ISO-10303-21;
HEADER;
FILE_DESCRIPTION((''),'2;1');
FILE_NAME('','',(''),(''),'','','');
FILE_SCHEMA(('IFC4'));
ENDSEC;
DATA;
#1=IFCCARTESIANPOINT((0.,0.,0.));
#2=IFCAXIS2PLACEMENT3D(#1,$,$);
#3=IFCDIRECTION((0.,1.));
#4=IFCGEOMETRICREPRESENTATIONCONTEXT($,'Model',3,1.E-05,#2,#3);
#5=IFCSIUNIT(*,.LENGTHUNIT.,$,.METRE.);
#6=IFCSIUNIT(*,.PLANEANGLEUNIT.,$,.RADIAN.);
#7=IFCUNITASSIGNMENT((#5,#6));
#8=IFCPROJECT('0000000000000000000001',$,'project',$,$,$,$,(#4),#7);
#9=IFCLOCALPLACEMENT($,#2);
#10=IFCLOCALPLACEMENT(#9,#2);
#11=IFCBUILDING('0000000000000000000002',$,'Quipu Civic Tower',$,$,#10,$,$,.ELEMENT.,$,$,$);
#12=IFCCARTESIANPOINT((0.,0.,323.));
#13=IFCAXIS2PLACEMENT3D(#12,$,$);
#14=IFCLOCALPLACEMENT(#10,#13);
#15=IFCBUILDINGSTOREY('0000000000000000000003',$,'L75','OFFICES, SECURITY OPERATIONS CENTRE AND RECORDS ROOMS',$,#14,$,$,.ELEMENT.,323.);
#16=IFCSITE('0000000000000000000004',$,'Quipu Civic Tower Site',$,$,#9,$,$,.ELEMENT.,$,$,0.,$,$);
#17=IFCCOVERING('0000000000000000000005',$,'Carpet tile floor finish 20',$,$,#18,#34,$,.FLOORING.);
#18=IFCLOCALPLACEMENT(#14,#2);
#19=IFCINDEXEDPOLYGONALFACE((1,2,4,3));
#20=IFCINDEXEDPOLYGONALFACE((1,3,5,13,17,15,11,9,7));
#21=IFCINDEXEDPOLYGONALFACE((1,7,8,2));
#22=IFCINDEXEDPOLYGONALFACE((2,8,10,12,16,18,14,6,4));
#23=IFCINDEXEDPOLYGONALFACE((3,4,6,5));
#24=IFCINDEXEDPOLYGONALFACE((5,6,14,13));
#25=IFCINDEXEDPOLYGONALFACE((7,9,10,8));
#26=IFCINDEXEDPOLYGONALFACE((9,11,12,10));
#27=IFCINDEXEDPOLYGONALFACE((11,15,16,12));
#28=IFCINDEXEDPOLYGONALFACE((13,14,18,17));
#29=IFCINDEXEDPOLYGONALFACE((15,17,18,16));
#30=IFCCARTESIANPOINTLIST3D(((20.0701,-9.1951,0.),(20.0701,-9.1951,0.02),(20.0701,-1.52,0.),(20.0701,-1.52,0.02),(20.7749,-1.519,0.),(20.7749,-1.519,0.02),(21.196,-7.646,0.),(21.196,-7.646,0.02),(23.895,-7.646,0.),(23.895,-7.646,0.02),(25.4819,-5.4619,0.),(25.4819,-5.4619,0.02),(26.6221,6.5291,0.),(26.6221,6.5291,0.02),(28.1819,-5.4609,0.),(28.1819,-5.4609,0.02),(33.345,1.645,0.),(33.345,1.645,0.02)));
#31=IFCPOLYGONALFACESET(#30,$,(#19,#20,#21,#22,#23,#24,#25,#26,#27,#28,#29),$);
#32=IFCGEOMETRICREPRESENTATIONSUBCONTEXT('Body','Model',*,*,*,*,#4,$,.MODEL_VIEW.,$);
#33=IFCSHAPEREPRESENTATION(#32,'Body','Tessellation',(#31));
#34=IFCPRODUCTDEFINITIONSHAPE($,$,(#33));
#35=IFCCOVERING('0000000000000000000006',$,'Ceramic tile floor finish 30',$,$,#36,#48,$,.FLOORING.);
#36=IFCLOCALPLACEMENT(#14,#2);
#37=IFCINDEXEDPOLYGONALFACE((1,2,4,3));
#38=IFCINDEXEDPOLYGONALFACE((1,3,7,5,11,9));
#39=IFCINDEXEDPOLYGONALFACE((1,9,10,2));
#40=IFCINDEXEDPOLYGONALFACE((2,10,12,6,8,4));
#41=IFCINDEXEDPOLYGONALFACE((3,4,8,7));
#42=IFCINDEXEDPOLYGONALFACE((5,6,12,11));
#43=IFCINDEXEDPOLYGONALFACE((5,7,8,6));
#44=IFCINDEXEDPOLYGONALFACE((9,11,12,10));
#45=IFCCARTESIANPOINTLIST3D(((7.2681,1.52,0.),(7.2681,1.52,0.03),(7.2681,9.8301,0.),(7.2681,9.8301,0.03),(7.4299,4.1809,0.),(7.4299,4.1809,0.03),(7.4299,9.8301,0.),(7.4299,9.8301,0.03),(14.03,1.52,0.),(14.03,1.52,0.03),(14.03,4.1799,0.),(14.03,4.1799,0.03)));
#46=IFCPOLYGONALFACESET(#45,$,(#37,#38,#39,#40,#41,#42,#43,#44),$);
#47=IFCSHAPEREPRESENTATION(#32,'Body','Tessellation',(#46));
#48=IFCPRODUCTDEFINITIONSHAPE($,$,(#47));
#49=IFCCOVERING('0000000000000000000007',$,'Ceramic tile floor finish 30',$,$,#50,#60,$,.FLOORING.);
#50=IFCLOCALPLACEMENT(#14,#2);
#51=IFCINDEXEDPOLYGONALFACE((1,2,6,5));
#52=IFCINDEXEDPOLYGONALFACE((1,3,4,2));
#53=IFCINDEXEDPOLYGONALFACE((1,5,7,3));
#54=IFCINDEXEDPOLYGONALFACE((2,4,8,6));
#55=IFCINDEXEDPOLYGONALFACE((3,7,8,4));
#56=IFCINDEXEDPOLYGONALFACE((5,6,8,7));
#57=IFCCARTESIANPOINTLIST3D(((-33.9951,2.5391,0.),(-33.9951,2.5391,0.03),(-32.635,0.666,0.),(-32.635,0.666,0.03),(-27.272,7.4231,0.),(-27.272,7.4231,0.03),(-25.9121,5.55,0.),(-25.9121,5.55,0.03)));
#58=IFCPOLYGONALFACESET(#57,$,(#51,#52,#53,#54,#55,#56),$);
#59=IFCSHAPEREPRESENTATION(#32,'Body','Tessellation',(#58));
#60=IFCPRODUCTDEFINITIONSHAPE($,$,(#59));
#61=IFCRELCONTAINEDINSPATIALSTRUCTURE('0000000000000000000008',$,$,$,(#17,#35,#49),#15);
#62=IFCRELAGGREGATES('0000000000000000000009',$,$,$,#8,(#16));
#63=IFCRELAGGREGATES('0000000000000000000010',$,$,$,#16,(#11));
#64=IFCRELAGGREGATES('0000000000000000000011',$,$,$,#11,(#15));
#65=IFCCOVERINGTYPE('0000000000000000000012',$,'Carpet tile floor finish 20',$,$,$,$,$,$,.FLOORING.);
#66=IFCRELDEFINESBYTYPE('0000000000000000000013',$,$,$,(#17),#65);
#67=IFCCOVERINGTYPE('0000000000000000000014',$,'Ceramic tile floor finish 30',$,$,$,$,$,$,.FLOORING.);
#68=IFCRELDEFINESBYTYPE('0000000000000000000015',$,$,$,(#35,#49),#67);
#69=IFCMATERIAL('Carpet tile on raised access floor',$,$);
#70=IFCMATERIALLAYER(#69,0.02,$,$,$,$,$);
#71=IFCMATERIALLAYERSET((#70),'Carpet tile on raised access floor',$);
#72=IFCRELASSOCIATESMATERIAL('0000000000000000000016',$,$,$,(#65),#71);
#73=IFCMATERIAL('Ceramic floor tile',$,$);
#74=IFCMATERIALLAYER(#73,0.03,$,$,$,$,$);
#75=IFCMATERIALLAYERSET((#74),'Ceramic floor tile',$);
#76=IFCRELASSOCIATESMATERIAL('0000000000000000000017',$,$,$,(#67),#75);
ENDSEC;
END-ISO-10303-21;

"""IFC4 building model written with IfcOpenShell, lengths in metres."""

from ifc_helpers import new_model, si_unit, direction, frame, origin, place, context, subcontext, project, spatial, polyline, outline, extrude, material, layer, layer_set, type_object, element, save


model = new_model("IFC4")

# Units and contexts
model_context = context("Model", 3, precision=1e-05, world=origin(), true_north=direction((0.0, 1.0)))
body_context = subcontext(model_context, "Body", "Model", "MODEL_VIEW")
ifc_project = project(units=[si_unit("LENGTHUNIT", "METRE"), si_unit("PLANEANGLEUNIT", "RADIAN")], contexts=[model_context])

# Site, building, storey
site_placement = place(None, origin())
site = spatial("IfcSite", under=ifc_project, at=site_placement, Name="Quipu Civic Tower Site", CompositionType="ELEMENT", RefElevation=0.0)
building_placement = place(site_placement, origin())
building = spatial("IfcBuilding", under=site, at=building_placement, Name="Quipu Civic Tower", CompositionType="ELEMENT")
storey_placement = place(building_placement, frame((0.0, 0.0, 323.0)))
storey = spatial("IfcBuildingStorey", under=building, at=storey_placement, Name="L75", Description="OFFICES, SECURITY OPERATIONS CENTRE AND RECORDS ROOMS", CompositionType="ELEMENT", Elevation=323.0)

# Coverings
ifc_material_1 = material(Name="Carpet tile on raised access floor")
ifc_layer_1 = layer(ifc_material_1, 0.02)
ifc_layer_set_1 = layer_set([ifc_layer_1], Name="Carpet tile on raised access floor")
covering_type_1 = type_object("IfcCoveringType", Name="Carpet tile floor finish 20", PredefinedType="FLOORING", material=ifc_layer_set_1)
covering_1_placement = place(storey_placement, origin())
element("IfcCovering", 1, at=covering_1_placement, inside=storey, type_object=covering_type_1, Name="Carpet tile floor finish 20", PredefinedType="FLOORING", context=body_context, shape_type="SweptSolid", body=[
    extrude(outline(polyline([(20.0701, -9.1951), (20.0701, -1.52), (20.7749, -1.519), (26.6221, 6.5291), (33.345, 1.645), (28.1819, -5.4609), (25.4819, -5.4619), (23.895, -7.646), (21.196, -7.646), (20.0701, -9.1951)])), origin(), (0.0, 0.0, 1.0), 0.02),
])
ifc_material_2 = material(Name="Ceramic floor tile")
ifc_layer_2 = layer(ifc_material_2, 0.03)
ifc_layer_set_2 = layer_set([ifc_layer_2], Name="Ceramic floor tile")
covering_type_2 = type_object("IfcCoveringType", Name="Ceramic tile floor finish 30", PredefinedType="FLOORING", material=ifc_layer_set_2)
covering_2_placement = place(storey_placement, origin())
element("IfcCovering", 2, at=covering_2_placement, inside=storey, type_object=covering_type_2, Name="Ceramic tile floor finish 30", PredefinedType="FLOORING", context=body_context, shape_type="SweptSolid", body=[
    extrude(outline(polyline([(7.2681, 1.52), (7.2681, 9.8301), (7.4299, 9.8301), (7.4299, 4.1809), (14.03, 4.1799), (14.03, 1.52), (7.2681, 1.52)])), origin(), (0.0, 0.0, 1.0), 0.03),
])
covering_3_placement = place(storey_placement, origin())
element("IfcCovering", 3, at=covering_3_placement, inside=storey, type_object=covering_type_2, Name="Ceramic tile floor finish 30", PredefinedType="FLOORING", context=body_context, shape_type="SweptSolid", body=[
    extrude(outline(polyline([(-33.9951, 2.5391), (-27.272, 7.4231), (-25.9121, 5.55), (-32.635, 0.666), (-33.9951, 2.5391)])), origin(), (0.0, 0.0, 1.0), 0.03),
])

save(model, "model.ifc")
